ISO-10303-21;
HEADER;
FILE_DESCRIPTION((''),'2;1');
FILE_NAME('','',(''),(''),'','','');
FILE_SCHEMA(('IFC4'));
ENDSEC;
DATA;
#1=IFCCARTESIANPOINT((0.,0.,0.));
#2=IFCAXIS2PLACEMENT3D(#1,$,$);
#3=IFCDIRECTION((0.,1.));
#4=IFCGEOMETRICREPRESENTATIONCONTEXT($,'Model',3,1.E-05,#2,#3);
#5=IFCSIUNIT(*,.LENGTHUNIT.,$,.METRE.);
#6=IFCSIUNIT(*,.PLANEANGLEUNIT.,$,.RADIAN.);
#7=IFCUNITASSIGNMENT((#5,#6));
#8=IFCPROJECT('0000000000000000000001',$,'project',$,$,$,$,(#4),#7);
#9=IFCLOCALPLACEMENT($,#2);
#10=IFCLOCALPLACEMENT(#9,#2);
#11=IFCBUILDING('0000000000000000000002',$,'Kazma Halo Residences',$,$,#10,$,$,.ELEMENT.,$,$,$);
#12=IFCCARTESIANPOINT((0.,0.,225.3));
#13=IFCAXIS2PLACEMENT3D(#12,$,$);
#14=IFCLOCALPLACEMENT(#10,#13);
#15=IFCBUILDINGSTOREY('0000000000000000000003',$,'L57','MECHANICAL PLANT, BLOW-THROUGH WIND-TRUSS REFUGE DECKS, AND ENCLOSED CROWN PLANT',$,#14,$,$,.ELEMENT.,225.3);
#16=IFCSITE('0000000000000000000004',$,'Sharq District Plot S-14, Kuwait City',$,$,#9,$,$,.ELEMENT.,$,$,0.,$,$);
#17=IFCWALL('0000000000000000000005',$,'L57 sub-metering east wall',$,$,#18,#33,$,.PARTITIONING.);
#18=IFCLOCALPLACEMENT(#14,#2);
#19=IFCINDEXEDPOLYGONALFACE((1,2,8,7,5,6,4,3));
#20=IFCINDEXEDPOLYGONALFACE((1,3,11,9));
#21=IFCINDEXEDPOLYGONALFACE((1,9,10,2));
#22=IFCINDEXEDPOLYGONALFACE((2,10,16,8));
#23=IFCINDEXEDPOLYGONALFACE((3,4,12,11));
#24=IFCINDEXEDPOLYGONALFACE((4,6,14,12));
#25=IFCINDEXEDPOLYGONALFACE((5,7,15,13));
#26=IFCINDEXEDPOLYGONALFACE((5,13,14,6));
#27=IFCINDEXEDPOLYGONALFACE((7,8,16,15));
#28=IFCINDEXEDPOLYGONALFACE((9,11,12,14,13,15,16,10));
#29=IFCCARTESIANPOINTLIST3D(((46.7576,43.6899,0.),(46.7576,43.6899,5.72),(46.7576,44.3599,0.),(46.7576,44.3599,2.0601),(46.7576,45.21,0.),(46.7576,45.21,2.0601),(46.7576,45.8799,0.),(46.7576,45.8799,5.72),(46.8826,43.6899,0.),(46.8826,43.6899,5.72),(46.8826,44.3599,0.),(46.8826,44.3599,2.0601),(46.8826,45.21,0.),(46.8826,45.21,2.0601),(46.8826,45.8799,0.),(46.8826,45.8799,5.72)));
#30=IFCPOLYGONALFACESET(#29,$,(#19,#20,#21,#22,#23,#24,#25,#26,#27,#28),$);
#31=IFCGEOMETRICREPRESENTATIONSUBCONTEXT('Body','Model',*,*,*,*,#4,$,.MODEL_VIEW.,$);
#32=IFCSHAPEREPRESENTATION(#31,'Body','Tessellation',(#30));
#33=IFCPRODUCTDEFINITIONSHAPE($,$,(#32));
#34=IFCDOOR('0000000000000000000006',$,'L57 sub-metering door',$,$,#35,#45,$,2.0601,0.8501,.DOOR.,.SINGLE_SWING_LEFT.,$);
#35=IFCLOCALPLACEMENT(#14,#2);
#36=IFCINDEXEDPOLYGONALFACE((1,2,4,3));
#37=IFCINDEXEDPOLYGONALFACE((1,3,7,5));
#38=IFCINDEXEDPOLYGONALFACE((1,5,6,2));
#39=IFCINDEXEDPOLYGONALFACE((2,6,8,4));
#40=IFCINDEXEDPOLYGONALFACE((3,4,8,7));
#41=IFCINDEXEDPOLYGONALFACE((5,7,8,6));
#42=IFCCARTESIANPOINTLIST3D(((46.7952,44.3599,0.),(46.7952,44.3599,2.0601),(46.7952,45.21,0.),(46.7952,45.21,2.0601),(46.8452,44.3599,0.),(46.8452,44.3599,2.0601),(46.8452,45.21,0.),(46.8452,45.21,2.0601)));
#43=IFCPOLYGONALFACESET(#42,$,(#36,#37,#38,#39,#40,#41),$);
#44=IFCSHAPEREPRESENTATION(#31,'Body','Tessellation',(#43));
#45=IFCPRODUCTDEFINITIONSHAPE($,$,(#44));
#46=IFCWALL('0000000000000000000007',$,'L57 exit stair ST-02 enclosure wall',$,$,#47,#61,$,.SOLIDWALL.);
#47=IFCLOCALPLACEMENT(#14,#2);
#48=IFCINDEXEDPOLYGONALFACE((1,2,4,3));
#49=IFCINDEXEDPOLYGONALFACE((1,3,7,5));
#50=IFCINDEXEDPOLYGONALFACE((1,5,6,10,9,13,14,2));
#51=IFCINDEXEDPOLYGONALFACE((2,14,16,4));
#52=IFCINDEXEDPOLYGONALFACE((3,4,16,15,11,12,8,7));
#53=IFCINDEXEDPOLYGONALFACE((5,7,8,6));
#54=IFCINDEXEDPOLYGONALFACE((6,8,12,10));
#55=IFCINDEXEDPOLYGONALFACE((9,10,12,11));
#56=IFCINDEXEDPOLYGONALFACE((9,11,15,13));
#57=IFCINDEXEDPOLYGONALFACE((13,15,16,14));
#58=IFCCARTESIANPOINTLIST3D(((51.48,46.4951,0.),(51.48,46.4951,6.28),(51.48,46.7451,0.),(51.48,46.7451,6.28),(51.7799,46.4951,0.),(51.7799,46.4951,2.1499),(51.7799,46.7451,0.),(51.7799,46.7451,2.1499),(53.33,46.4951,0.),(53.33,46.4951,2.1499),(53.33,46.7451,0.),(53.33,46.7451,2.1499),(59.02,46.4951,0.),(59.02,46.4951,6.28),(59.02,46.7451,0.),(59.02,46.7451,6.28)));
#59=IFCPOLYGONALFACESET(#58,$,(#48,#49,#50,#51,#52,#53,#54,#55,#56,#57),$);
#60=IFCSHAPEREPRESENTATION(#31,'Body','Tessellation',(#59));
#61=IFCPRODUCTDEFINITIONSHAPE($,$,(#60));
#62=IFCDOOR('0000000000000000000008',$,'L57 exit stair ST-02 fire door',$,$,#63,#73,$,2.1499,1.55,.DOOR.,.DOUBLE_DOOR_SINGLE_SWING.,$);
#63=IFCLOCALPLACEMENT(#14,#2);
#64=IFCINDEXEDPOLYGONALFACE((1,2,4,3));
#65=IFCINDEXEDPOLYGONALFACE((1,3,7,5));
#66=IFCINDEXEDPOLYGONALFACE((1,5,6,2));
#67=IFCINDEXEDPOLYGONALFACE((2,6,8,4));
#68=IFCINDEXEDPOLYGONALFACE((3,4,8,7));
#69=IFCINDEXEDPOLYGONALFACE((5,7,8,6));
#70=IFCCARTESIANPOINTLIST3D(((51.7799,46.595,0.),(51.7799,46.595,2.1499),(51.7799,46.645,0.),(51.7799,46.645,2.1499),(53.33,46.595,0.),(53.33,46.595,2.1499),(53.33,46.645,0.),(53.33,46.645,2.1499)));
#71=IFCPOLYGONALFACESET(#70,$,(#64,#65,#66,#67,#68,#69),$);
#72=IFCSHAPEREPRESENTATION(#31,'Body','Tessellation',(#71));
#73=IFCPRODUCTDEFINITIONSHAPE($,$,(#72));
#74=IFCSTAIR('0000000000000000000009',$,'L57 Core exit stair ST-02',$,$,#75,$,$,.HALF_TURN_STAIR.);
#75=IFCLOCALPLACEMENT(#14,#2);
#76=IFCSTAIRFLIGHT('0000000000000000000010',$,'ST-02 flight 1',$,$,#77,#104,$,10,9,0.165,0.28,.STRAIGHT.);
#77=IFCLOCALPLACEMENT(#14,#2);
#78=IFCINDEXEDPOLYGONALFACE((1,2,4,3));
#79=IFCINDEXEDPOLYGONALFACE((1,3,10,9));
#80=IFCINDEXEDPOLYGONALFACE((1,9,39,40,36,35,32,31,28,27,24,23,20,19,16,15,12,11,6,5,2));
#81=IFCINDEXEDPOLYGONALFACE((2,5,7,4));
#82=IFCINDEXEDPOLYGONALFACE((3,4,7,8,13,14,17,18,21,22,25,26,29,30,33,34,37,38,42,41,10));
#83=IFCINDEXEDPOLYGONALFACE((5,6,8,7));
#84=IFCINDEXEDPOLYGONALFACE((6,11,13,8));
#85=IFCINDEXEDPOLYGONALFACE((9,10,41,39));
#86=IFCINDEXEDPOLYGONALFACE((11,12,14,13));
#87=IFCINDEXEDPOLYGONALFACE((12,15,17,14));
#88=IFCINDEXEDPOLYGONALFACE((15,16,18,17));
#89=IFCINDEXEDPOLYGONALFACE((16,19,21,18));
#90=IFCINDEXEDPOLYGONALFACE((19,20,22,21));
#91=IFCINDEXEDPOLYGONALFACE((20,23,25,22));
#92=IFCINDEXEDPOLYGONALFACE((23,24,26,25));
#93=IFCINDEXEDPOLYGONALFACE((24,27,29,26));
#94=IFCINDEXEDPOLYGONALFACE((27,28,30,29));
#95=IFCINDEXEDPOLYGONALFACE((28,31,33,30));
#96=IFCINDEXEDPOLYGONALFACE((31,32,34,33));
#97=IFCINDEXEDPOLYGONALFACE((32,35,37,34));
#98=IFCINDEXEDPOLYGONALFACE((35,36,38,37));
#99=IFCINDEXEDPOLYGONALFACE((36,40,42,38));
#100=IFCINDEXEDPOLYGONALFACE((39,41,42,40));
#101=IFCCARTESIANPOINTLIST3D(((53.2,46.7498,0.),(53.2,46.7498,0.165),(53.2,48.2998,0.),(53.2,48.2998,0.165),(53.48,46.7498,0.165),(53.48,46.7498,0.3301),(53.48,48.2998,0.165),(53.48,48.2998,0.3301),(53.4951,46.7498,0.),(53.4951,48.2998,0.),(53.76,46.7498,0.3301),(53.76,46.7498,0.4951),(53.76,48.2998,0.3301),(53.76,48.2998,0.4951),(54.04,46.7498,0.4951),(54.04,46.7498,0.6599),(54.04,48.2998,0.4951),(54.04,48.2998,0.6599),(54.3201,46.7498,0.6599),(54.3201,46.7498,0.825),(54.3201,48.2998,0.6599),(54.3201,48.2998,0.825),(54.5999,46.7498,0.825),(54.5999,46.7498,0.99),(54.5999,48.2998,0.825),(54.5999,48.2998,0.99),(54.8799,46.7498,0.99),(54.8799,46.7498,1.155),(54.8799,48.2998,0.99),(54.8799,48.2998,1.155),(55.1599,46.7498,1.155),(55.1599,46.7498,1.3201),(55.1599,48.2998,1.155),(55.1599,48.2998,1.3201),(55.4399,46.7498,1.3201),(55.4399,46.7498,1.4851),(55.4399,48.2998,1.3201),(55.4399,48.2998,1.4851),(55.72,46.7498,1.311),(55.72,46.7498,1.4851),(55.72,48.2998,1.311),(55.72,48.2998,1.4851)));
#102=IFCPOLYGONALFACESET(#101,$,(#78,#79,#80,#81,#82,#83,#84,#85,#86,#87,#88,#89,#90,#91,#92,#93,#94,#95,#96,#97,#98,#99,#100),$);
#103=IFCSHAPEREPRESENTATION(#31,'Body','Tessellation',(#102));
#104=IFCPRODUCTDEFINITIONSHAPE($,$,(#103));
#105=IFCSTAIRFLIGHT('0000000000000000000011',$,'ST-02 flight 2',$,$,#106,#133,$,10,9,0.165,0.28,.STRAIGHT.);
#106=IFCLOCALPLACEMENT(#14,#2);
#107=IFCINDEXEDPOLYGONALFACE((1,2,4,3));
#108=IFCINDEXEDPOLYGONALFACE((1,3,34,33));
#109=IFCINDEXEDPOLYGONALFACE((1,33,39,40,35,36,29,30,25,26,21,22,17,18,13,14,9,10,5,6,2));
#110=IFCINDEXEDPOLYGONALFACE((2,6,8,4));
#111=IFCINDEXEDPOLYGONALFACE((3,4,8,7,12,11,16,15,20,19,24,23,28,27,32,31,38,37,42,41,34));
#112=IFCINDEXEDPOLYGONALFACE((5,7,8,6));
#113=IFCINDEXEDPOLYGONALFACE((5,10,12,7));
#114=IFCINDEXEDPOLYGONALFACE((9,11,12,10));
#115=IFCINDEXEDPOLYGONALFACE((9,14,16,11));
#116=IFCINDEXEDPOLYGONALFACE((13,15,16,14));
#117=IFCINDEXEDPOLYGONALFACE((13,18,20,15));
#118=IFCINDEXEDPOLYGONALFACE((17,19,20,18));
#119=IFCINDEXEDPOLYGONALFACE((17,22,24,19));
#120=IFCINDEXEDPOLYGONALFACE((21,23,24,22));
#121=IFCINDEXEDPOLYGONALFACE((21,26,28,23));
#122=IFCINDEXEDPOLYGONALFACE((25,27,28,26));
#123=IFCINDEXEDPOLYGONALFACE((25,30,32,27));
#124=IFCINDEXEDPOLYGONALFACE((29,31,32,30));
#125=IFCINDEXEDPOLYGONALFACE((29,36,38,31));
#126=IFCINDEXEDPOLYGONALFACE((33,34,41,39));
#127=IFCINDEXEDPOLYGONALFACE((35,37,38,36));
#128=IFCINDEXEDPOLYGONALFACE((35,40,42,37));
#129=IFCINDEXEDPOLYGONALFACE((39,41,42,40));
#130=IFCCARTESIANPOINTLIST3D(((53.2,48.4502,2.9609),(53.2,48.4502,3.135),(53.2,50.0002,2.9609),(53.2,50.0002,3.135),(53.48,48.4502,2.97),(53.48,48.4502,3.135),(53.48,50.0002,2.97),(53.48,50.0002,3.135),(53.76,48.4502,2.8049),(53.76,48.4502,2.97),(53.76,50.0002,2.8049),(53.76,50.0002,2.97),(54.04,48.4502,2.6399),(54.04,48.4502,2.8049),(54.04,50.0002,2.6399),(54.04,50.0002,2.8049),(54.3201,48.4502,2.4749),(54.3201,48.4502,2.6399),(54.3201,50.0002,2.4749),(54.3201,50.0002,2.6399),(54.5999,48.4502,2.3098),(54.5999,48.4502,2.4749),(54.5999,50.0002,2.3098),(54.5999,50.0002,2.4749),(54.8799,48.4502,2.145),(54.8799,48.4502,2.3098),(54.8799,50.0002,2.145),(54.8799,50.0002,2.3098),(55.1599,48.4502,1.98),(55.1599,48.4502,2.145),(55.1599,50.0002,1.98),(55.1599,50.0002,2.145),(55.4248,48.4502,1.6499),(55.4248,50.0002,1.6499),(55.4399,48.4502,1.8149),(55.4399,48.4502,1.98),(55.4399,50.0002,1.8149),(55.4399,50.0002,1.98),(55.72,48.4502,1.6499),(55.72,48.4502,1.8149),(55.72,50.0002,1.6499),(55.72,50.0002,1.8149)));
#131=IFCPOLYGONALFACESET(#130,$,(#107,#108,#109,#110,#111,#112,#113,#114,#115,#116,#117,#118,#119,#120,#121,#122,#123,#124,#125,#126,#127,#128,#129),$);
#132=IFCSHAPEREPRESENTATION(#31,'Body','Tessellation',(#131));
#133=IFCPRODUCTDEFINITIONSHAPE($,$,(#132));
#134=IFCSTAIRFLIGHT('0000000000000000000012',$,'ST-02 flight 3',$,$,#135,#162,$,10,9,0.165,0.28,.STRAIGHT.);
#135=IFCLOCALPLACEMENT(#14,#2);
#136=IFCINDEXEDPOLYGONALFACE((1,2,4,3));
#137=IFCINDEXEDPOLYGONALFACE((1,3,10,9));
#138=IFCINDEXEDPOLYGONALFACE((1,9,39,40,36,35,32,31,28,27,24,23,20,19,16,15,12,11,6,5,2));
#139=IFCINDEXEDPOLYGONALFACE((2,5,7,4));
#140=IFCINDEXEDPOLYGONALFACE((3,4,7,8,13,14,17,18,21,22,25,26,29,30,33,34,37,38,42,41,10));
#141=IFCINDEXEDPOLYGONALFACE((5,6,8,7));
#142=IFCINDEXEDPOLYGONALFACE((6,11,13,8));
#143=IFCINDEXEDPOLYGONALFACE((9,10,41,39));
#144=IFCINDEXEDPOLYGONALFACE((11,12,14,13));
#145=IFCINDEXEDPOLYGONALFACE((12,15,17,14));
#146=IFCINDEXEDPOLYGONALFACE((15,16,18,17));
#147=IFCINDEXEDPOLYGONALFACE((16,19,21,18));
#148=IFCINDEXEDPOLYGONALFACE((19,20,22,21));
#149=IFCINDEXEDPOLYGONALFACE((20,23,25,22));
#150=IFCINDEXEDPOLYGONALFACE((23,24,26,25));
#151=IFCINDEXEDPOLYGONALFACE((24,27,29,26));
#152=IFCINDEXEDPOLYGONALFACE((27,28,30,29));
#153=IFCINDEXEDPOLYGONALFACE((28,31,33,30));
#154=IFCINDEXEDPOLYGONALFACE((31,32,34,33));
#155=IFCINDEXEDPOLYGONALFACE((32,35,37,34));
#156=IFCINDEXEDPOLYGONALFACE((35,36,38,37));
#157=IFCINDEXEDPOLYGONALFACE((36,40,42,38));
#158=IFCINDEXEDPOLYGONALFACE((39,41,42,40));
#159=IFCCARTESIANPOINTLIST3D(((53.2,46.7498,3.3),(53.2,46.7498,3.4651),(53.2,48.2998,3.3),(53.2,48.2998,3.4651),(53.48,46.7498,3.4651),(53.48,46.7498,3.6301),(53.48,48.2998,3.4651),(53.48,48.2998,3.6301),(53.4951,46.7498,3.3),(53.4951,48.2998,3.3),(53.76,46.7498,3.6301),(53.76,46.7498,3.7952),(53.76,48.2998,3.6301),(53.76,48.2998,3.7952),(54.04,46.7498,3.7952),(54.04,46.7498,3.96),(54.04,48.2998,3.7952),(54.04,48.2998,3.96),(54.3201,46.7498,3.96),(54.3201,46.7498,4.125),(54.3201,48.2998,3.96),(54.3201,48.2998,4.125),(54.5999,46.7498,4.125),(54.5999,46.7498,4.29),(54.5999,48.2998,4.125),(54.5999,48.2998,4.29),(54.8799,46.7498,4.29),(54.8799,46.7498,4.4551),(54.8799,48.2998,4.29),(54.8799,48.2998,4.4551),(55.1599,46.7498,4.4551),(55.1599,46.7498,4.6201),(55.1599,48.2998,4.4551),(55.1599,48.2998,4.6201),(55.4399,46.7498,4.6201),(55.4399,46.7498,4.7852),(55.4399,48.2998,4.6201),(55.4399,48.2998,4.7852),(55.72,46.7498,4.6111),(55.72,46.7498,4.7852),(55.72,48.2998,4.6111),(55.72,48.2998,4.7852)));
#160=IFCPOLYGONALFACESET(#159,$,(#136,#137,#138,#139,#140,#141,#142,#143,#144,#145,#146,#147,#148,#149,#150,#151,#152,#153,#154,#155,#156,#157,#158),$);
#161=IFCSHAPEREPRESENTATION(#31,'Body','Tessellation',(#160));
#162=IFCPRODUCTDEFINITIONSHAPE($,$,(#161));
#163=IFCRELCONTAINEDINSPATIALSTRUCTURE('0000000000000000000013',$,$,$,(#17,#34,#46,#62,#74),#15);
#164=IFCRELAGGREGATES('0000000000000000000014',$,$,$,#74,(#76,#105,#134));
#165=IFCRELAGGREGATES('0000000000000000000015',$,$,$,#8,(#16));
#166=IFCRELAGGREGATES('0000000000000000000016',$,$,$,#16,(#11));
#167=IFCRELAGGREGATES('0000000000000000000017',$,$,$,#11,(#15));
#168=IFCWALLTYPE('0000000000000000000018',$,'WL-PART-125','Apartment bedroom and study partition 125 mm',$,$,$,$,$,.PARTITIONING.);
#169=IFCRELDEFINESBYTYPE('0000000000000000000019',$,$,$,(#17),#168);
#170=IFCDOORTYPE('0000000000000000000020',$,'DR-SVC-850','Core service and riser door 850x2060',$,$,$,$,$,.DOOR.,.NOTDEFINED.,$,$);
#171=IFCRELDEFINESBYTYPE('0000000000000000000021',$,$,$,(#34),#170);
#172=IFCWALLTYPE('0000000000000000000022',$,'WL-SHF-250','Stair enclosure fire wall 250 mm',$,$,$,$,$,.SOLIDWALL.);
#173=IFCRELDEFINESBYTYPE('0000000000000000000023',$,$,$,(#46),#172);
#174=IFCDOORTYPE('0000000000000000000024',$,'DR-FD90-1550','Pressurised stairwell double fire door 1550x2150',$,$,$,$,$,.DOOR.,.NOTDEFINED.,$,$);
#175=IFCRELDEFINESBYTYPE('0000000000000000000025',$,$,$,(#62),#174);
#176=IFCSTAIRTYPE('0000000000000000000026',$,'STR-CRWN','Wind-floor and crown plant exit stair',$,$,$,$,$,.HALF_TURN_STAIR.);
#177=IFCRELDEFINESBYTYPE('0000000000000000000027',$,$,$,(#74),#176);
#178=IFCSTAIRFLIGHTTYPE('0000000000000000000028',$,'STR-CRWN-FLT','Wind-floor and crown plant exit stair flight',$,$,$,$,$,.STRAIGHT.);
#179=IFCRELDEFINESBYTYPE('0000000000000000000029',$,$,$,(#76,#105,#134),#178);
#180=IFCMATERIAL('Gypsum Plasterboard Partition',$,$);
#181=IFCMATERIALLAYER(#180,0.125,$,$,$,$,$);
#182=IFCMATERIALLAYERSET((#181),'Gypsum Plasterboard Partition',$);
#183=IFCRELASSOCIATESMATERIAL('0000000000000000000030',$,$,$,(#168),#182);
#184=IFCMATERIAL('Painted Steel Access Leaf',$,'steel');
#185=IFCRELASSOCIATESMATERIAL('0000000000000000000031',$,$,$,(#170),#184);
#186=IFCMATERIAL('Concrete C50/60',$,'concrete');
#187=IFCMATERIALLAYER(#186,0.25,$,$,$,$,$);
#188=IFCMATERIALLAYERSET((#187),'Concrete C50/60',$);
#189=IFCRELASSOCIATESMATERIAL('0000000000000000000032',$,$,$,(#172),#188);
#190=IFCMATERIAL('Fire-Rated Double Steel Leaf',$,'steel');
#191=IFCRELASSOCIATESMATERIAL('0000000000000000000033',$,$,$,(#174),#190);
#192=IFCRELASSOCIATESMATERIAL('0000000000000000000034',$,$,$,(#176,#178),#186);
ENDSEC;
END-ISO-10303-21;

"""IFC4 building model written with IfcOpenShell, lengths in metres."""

from ifc_helpers import new_model, si_unit, direction, frame, frame_2d, origin, place, context, subcontext, project, spatial, polyline, rectangle, outline, extrude, material, layer, layer_set, type_object, element, fill, aggregate, save


model = new_model("IFC4")

# Units and contexts
model_context = context("Model", 3, precision=1e-05, world=origin(), true_north=direction((0.0, 1.0)))
body_context = subcontext(model_context, "Body", "Model", "MODEL_VIEW")
ifc_project = project(units=[si_unit("LENGTHUNIT", "METRE"), si_unit("PLANEANGLEUNIT", "RADIAN")], contexts=[model_context])

# Site, building, storey
site_placement = place(None, origin())
site = spatial("IfcSite", under=ifc_project, at=site_placement, Name="Sharq District Plot S-14, Kuwait City", CompositionType="ELEMENT", RefElevation=0.0)
building_placement = place(site_placement, origin())
building = spatial("IfcBuilding", under=site, at=building_placement, Name="Kazma Halo Residences", CompositionType="ELEMENT")
storey_placement = place(building_placement, frame((0.0, 0.0, 225.3)))
storey = spatial("IfcBuildingStorey", under=building, at=storey_placement, Name="L57", Description="MECHANICAL PLANT, BLOW-THROUGH WIND-TRUSS REFUGE DECKS, AND ENCLOSED CROWN PLANT", CompositionType="ELEMENT", Elevation=225.3)

# Walls, openings, doors
ifc_material_1 = material(Name="Gypsum Plasterboard Partition")
ifc_layer_1 = layer(ifc_material_1, 0.125)
ifc_layer_set_1 = layer_set([ifc_layer_1], Name="Gypsum Plasterboard Partition")
wall_type_1 = type_object("IfcWallType", Name="WL-PART-125", Description="Apartment bedroom and study partition 125 mm", PredefinedType="PARTITIONING", material=ifc_layer_set_1)
wall_1_placement = place(storey_placement, frame((46.8201, 43.6899, 0.0), z_axis=(0.0, 0.0, 1.0), x_axis=(0.0, 1.0, 0.0)))
wall_1 = element("IfcWall", 1, at=wall_1_placement, inside=storey, type_object=wall_type_1, Name="L57 sub-metering east wall", PredefinedType="PARTITIONING", context=body_context, shape_type="SweptSolid", body=[
    extrude(rectangle(XDim=2.1899, YDim=0.125, at=frame_2d((1.095, 0.0))), origin(), (0.0, 0.0, 1.0), 5.72),
])
opening_1_placement = place(wall_1_placement, frame((0.6699, 0.0, 0.0)))
opening_1 = element("IfcOpeningElement", 2, at=opening_1_placement, cuts=wall_1, PredefinedType="OPENING", context=body_context, shape_type="SweptSolid", body=[
    extrude(rectangle(XDim=0.8501, YDim=2.0601, at=frame_2d((0.425, 1.03))), frame((0.0, 0.0725, 0.0), z_axis=(0.0, -1.0, 0.0), x_axis=(1.0, 0.0, 0.0)), (0.0, 0.0, 1.0), 0.145),
])
ifc_material_2 = material(Name="Painted Steel Access Leaf", Category="steel")
door_type_1 = type_object("IfcDoorType", Name="DR-SVC-850", Description="Core service and riser door 850x2060", OperationType="NOTDEFINED", PredefinedType="DOOR", material=ifc_material_2)
door_1_placement = place(opening_1_placement, origin())
door_1 = element("IfcDoor", 3, at=door_1_placement, inside=storey, type_object=door_type_1, Name="L57 sub-metering door", OperationType="SINGLE_SWING_LEFT", OverallHeight=2.0601, OverallWidth=0.8501, PredefinedType="DOOR", context=body_context, shape_type="SweptSolid", body=[
    extrude(rectangle(XDim=0.8501, YDim=2.0601, at=frame_2d((0.425, 1.03))), frame((0.0, 0.0249, 0.0), z_axis=(0.0, -1.0, 0.0), x_axis=(1.0, 0.0, 0.0)), (0.0, 0.0, 1.0), 0.05),
])
fill(opening_1, door_1)
ifc_material_3 = material(Name="Concrete C50/60", Category="concrete")
ifc_layer_2 = layer(ifc_material_3, 0.25)
ifc_layer_set_2 = layer_set([ifc_layer_2], Name="Concrete C50/60")
wall_type_2 = type_object("IfcWallType", Name="WL-SHF-250", Description="Stair enclosure fire wall 250 mm", PredefinedType="SOLIDWALL", material=ifc_layer_set_2)
wall_2_placement = place(storey_placement, frame((51.48, 46.6201, 0.0), z_axis=(0.0, 0.0, 1.0), x_axis=(1.0, 0.0, 0.0)))
wall_2 = element("IfcWall", 4, at=wall_2_placement, inside=storey, type_object=wall_type_2, Name="L57 exit stair ST-02 enclosure wall", PredefinedType="SOLIDWALL", context=body_context, shape_type="SweptSolid", body=[
    extrude(rectangle(XDim=7.54, YDim=0.25, at=frame_2d((3.77, 0.0))), origin(), (0.0, 0.0, 1.0), 6.28),
])
opening_2_placement = place(wall_2_placement, frame((0.3, 0.0, 0.0)))
opening_2 = element("IfcOpeningElement", 5, at=opening_2_placement, cuts=wall_2, PredefinedType="OPENING", context=body_context, shape_type="SweptSolid", body=[
    extrude(rectangle(XDim=1.55, YDim=2.1499, at=frame_2d((0.7749, 1.075))), frame((0.0, 0.135, 0.0), z_axis=(0.0, -1.0, 0.0), x_axis=(1.0, 0.0, 0.0)), (0.0, 0.0, 1.0), 0.27),
])
ifc_material_4 = material(Name="Fire-Rated Double Steel Leaf", Category="steel")
door_type_2 = type_object("IfcDoorType", Name="DR-FD90-1550", Description="Pressurised stairwell double fire door 1550x2150", OperationType="NOTDEFINED", PredefinedType="DOOR", material=ifc_material_4)
door_2_placement = place(opening_2_placement, origin())
door_2 = element("IfcDoor", 6, at=door_2_placement, inside=storey, type_object=door_type_2, Name="L57 exit stair ST-02 fire door", OperationType="DOUBLE_DOOR_SINGLE_SWING", OverallHeight=2.1499, OverallWidth=1.55, PredefinedType="DOOR", context=body_context, shape_type="SweptSolid", body=[
    extrude(rectangle(XDim=1.55, YDim=2.1499, at=frame_2d((0.7749, 1.075))), frame((0.0, 0.0249, 0.0), z_axis=(0.0, -1.0, 0.0), x_axis=(1.0, 0.0, 0.0)), (0.0, 0.0, 1.0), 0.05),
])
fill(opening_2, door_2)

# Stair, stair flights
stair_type = type_object("IfcStairType", Name="STR-CRWN", Description="Wind-floor and crown plant exit stair", PredefinedType="HALF_TURN_STAIR", material=ifc_material_3)
stair_placement = place(storey_placement, origin())
stair = element("IfcStair", 7, at=stair_placement, inside=storey, type_object=stair_type, Name="L57 Core exit stair ST-02", PredefinedType="HALF_TURN_STAIR")
stair_flight_type = type_object("IfcStairFlightType", Name="STR-CRWN-FLT", Description="Wind-floor and crown plant exit stair flight", PredefinedType="STRAIGHT", material=ifc_material_3)
stair_flight_1_placement = place(storey_placement, frame((53.2, 47.5249, 0.0), z_axis=(0.0, 0.0, 1.0), x_axis=(1.0, 0.0, 0.0)))
stair_flight_1 = element("IfcStairFlight", 8, at=stair_flight_1_placement, type_object=stair_flight_type, Name="ST-02 flight 1", NumberOfRisers=10, NumberOfTreads=9, PredefinedType="STRAIGHT", RiserHeight=0.165, TreadLength=0.28, context=body_context, shape_type="SweptSolid", body=[
    extrude(outline(polyline([(0.0, 0.0), (0.0, 0.165), (0.28, 0.165), (0.28, 0.3301), (0.5601, 0.3301), (0.5601, 0.4951), (0.8401, 0.4951), (0.8401, 0.6599), (1.1201, 0.6599), (1.1201, 0.825), (1.3999, 0.825), (1.3999, 0.99), (1.6799, 0.99), (1.6799, 1.155), (1.96, 1.155), (1.96, 1.3201), (2.24, 1.3201), (2.24, 1.4851), (2.52, 1.4851), (2.52, 1.6499), (2.52, 1.311), (0.2952, 0.0), (0.0, 0.0)])), frame((0.0, 0.7749, 0.0), z_axis=(0.0, -1.0, 0.0), x_axis=(1.0, 0.0, 0.0)), (0.0, 0.0, 1.0), 1.55),
])
stair_flight_2_placement = place(storey_placement, frame((55.72, 49.2251, 1.6499), z_axis=(0.0, 0.0, 1.0), x_axis=(-1.0, 0.0, 0.0)))
stair_flight_2 = element("IfcStairFlight", 9, at=stair_flight_2_placement, type_object=stair_flight_type, Name="ST-02 flight 2", NumberOfRisers=10, NumberOfTreads=9, PredefinedType="STRAIGHT", RiserHeight=0.165, TreadLength=0.28, context=body_context, shape_type="SweptSolid", body=[
    extrude(outline(polyline([(0.0, 0.0), (0.0, 0.165), (0.28, 0.165), (0.28, 0.3301), (0.5601, 0.3301), (0.5601, 0.4951), (0.8401, 0.4951), (0.8401, 0.6599), (1.1201, 0.6599), (1.1201, 0.825), (1.3999, 0.825), (1.3999, 0.99), (1.6799, 0.99), (1.6799, 1.155), (1.96, 1.155), (1.96, 1.3201), (2.24, 1.3201), (2.24, 1.4851), (2.52, 1.4851), (2.52, 1.6499), (2.52, 1.311), (0.2952, 0.0), (0.0, 0.0)])), frame((0.0, 0.7749, 0.0), z_axis=(0.0, -1.0, 0.0), x_axis=(1.0, 0.0, 0.0)), (0.0, 0.0, 1.0), 1.55),
])
stair_flight_3_placement = place(storey_placement, frame((53.2, 47.5249, 3.3), z_axis=(0.0, 0.0, 1.0), x_axis=(1.0, 0.0, 0.0)))
stair_flight_3 = element("IfcStairFlight", 10, at=stair_flight_3_placement, type_object=stair_flight_type, Name="ST-02 flight 3", NumberOfRisers=10, NumberOfTreads=9, PredefinedType="STRAIGHT", RiserHeight=0.165, TreadLength=0.28, context=body_context, shape_type="SweptSolid", body=[
    extrude(outline(polyline([(0.0, 0.0), (0.0, 0.165), (0.28, 0.165), (0.28, 0.3301), (0.5601, 0.3301), (0.5601, 0.4951), (0.8401, 0.4951), (0.8401, 0.6599), (1.1201, 0.6599), (1.1201, 0.825), (1.3999, 0.825), (1.3999, 0.99), (1.6799, 0.99), (1.6799, 1.155), (1.96, 1.155), (1.96, 1.3201), (2.24, 1.3201), (2.24, 1.4851), (2.52, 1.4851), (2.52, 1.6499), (2.52, 1.311), (0.2952, 0.0), (0.0, 0.0)])), frame((0.0, 0.7749, 0.0), z_axis=(0.0, -1.0, 0.0), x_axis=(1.0, 0.0, 0.0)), (0.0, 0.0, 1.0), 1.55),
])
aggregate(stair, [stair_flight_1, stair_flight_2, stair_flight_3])

save(model, "model.ifc")
